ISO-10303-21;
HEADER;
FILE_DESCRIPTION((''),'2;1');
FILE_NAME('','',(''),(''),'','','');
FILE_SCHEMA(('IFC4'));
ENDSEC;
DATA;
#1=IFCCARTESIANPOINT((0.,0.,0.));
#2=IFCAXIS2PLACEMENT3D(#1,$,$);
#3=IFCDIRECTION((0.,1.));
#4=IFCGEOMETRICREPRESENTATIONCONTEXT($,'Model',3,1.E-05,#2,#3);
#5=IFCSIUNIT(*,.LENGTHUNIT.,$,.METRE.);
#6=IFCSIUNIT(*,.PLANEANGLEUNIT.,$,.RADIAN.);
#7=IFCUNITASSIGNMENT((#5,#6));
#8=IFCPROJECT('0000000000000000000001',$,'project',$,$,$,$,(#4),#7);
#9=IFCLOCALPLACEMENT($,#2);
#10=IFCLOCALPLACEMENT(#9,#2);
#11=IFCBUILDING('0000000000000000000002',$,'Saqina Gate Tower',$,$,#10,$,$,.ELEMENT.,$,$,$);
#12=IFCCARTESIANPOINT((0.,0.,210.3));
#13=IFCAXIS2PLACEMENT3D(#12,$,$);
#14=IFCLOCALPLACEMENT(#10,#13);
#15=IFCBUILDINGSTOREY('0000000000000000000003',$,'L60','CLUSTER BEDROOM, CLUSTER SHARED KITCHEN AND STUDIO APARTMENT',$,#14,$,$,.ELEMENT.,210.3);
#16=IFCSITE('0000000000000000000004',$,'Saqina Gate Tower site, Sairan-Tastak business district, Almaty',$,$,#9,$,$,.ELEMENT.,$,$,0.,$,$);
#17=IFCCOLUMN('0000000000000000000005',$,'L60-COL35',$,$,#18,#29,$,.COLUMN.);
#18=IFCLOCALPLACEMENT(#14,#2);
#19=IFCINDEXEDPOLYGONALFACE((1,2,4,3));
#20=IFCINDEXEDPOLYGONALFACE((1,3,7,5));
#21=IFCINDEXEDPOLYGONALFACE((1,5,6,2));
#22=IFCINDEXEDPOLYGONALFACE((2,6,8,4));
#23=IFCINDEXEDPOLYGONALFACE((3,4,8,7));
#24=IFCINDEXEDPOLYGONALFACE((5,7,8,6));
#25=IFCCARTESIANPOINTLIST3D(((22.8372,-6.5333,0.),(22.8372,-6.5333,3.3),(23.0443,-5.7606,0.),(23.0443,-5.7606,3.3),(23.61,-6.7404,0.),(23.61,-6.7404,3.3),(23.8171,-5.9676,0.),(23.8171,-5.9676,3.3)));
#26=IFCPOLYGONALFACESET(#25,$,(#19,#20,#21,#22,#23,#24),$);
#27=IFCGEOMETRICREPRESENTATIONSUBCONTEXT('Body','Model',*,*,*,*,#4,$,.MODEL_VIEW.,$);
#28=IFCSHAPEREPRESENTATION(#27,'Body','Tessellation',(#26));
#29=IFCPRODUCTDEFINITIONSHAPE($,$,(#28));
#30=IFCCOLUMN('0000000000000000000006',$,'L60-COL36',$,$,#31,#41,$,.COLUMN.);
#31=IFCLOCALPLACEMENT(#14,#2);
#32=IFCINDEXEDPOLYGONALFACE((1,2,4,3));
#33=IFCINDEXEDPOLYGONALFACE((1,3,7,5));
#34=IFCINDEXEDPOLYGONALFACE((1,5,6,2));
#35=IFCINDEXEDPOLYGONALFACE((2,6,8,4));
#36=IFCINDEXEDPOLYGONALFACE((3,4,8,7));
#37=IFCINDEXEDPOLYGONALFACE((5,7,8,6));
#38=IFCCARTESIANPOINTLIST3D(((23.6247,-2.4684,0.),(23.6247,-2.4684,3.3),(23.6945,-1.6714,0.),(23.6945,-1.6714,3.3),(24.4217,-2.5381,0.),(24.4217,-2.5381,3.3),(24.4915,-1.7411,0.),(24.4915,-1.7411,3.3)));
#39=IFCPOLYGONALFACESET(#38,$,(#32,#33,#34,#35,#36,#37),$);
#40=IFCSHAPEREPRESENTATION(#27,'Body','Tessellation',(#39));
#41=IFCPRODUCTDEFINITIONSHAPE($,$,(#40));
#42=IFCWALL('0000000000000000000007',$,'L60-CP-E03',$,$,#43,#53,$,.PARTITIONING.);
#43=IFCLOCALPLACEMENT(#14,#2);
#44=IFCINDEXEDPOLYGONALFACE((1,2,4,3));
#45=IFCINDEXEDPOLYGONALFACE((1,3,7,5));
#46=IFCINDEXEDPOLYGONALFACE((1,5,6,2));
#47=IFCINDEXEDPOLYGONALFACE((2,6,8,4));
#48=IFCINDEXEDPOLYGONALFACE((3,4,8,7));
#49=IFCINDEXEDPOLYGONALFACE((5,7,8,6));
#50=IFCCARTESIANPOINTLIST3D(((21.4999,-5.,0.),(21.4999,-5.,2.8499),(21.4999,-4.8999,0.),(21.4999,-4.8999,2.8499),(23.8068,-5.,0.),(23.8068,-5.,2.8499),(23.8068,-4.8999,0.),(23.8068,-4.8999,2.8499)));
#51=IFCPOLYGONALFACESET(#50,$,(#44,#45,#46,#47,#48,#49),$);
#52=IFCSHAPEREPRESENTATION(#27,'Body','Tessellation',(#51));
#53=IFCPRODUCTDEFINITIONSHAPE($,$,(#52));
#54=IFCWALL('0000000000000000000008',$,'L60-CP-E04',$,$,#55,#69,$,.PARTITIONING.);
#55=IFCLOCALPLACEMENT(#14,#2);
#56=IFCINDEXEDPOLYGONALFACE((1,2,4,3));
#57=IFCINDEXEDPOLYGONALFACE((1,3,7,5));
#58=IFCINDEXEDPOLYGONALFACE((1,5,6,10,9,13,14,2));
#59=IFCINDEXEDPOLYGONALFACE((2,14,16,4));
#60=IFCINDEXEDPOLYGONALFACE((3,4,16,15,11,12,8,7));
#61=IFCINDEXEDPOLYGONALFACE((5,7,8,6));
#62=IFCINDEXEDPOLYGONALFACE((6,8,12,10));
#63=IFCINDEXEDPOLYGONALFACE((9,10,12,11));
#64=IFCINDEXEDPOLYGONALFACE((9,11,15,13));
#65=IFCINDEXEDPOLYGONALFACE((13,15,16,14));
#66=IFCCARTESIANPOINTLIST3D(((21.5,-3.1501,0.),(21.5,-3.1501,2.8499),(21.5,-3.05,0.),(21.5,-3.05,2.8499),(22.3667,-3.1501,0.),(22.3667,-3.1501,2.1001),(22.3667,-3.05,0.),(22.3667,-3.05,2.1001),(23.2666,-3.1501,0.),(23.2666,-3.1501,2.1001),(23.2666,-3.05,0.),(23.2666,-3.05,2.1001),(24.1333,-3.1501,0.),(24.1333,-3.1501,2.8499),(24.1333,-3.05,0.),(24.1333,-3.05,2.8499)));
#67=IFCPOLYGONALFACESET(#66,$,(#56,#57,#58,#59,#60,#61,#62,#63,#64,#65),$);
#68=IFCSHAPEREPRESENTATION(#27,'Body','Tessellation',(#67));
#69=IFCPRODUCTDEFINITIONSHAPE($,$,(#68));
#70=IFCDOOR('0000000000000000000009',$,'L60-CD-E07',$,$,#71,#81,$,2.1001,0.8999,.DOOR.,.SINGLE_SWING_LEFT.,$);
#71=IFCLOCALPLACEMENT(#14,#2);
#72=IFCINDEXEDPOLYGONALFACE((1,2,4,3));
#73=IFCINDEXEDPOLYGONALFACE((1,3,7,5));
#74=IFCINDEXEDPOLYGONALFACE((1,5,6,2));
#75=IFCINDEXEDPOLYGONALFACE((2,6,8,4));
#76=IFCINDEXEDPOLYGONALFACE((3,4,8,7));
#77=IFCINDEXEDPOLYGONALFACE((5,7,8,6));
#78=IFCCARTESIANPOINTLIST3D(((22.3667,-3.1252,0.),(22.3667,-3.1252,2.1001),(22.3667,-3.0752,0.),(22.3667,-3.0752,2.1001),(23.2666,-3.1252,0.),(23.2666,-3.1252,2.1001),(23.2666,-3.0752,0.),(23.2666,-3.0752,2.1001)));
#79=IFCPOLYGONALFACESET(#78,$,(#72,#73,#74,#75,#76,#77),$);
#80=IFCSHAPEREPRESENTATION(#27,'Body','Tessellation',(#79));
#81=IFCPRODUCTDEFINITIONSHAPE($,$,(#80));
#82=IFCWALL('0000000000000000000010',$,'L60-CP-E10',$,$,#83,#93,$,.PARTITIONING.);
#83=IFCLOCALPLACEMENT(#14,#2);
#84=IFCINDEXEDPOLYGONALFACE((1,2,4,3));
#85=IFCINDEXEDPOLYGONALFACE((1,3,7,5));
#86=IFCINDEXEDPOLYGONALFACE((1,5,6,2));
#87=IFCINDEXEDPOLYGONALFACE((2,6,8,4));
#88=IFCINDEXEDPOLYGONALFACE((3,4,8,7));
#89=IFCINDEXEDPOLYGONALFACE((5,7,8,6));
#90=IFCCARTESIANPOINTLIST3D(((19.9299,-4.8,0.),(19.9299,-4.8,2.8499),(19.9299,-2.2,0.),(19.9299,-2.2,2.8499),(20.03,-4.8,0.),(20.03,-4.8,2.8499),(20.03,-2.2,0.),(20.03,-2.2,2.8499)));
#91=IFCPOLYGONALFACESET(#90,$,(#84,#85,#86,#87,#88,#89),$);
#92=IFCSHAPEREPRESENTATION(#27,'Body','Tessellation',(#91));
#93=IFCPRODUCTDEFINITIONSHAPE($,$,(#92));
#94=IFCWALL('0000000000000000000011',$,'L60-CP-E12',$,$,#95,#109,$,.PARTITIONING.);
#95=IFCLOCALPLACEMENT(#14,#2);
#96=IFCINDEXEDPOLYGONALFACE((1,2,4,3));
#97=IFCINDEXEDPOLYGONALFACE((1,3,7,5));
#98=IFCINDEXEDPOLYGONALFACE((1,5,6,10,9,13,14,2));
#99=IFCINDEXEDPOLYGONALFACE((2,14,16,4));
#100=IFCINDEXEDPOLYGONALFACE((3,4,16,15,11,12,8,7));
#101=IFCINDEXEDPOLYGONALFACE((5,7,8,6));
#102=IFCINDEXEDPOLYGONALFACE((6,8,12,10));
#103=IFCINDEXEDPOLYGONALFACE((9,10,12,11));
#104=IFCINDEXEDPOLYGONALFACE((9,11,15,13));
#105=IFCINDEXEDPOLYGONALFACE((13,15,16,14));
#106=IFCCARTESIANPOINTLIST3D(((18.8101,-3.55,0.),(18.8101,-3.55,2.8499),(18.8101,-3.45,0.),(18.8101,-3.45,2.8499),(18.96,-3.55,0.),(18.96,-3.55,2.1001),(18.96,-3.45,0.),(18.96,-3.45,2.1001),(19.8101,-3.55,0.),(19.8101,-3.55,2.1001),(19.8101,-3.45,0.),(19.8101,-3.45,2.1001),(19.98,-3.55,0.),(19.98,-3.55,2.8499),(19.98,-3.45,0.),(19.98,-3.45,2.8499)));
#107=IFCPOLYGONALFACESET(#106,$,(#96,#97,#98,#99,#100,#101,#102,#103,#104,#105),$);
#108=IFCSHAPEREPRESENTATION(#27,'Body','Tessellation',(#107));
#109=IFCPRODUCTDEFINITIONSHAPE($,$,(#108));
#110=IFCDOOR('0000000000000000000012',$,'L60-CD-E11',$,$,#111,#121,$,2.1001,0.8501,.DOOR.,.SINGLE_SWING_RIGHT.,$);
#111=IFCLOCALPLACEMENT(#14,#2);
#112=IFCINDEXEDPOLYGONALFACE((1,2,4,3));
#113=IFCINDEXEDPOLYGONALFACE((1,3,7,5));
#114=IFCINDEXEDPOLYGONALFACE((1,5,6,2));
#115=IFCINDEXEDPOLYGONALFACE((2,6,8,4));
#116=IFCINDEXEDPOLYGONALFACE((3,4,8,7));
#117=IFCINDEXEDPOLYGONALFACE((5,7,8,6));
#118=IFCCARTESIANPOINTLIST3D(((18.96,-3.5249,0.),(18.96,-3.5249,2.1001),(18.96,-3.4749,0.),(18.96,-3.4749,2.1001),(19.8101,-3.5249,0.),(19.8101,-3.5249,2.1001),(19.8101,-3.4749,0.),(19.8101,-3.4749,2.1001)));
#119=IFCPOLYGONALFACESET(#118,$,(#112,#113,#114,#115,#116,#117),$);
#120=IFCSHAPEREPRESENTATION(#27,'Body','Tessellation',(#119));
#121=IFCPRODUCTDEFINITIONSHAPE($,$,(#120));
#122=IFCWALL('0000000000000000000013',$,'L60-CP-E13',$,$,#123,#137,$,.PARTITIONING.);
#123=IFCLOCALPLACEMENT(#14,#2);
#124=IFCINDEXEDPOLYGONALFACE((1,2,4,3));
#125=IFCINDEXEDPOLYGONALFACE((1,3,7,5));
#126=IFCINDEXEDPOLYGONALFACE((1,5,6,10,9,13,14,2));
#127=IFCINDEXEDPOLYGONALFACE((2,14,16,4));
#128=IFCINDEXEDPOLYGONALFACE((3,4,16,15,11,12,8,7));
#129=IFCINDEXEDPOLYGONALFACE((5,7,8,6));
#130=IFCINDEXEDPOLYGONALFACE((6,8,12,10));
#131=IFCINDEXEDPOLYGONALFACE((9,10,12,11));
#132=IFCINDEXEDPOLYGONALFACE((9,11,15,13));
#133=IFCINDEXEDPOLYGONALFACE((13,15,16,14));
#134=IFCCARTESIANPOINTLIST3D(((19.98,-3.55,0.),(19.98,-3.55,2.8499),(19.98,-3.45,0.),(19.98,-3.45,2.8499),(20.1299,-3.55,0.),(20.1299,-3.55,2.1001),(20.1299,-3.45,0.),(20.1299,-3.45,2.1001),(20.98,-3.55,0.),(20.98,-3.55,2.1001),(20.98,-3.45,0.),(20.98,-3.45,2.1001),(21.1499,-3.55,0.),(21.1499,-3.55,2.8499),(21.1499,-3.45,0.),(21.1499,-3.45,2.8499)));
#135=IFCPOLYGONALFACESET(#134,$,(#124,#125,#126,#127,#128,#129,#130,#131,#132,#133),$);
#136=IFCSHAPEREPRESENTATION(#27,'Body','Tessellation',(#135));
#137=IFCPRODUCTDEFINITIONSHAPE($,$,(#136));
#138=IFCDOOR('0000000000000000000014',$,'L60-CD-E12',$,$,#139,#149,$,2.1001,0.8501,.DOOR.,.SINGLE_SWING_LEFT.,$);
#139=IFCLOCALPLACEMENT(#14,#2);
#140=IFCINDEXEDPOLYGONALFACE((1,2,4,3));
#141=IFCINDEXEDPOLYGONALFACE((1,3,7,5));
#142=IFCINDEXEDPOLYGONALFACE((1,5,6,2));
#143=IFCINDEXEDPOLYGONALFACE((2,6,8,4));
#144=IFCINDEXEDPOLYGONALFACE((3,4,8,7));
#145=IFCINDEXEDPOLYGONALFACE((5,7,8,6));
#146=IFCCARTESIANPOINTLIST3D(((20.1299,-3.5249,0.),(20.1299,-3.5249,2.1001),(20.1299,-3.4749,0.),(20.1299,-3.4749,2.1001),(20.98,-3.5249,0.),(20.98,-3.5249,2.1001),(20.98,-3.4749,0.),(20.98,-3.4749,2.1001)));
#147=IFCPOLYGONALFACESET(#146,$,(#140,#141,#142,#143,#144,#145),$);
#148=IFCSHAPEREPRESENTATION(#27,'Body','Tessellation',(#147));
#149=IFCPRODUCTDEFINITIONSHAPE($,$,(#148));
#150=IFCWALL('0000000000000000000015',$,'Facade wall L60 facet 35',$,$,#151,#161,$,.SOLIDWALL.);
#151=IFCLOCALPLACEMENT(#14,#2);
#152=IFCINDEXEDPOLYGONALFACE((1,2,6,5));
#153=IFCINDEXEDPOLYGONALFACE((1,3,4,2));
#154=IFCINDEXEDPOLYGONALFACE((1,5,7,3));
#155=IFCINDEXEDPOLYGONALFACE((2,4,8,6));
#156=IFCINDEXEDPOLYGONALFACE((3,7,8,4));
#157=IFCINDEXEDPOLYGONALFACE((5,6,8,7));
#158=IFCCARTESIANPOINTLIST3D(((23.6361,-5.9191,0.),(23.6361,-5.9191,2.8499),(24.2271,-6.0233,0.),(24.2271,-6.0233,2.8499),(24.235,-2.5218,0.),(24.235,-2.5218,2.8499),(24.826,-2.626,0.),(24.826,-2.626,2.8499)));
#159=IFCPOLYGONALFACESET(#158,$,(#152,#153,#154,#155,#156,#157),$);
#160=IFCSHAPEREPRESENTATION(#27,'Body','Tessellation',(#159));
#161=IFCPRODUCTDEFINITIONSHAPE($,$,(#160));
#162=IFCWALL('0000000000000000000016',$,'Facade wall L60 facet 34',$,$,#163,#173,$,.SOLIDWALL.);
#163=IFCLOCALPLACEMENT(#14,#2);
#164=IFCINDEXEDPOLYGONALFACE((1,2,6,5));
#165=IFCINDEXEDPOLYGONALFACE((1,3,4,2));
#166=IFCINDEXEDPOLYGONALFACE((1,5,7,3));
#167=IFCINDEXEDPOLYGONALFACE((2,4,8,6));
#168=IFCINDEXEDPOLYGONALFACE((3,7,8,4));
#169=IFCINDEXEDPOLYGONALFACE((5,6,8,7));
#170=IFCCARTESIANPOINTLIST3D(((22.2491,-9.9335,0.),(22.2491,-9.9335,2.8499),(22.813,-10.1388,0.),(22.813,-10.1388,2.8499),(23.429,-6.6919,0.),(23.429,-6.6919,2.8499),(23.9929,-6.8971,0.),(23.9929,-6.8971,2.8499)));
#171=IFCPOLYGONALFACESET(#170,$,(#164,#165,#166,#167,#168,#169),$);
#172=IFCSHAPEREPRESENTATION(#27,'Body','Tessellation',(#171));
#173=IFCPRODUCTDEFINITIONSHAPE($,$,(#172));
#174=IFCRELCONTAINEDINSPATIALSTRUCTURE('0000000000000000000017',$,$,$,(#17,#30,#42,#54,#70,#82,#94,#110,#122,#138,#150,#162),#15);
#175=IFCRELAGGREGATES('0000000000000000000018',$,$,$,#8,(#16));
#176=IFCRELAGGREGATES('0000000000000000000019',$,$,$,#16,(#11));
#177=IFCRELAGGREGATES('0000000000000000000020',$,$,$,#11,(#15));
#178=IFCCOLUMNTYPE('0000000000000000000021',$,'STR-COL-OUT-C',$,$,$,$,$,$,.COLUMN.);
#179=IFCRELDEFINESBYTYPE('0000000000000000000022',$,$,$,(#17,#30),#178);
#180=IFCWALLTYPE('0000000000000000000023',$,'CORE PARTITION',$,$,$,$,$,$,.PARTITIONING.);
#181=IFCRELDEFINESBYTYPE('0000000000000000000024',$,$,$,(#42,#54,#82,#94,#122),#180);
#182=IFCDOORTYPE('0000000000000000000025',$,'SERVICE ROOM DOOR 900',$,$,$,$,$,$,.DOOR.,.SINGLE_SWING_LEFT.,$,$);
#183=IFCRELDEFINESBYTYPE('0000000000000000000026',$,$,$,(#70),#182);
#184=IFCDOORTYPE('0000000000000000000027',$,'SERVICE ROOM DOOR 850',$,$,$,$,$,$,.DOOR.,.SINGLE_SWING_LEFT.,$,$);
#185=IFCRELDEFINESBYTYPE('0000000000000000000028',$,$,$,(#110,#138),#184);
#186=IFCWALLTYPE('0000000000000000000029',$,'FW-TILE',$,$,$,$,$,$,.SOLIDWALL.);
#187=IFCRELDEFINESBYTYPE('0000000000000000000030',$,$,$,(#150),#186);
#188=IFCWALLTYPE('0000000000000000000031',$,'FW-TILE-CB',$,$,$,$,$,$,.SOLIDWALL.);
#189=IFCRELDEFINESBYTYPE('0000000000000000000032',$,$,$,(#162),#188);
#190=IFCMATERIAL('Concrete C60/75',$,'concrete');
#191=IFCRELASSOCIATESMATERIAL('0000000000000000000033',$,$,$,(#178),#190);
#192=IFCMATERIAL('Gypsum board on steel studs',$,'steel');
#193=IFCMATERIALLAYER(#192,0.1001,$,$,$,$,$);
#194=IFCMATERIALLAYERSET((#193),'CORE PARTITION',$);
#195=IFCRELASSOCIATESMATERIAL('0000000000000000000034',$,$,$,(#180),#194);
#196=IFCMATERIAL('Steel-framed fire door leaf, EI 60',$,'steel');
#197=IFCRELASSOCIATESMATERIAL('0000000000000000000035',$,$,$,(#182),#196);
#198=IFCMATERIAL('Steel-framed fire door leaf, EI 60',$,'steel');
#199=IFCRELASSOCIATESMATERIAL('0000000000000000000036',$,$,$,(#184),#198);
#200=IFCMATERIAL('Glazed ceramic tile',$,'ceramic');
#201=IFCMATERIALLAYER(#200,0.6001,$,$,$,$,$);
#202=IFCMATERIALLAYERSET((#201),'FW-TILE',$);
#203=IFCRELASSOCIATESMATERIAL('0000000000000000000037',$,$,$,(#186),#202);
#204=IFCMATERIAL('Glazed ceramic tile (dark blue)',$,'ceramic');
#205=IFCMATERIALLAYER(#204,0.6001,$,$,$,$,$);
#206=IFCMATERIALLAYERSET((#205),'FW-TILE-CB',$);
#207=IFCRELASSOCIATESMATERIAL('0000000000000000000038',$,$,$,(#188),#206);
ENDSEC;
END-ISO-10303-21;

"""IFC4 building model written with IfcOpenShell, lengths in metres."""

from ifc_helpers import new_model, si_unit, direction, frame, frame_2d, origin, origin_2d, place, context, subcontext, project, spatial, rectangle, extrude, material, layer, layer_set, material_profile, profile_set, type_object, element, fill, save


model = new_model("IFC4")

# Units and contexts
model_context = context("Model", 3, precision=1e-05, world=origin(), true_north=direction((0.0, 1.0)))
body_context = subcontext(model_context, "Body", "Model", "MODEL_VIEW")
ifc_project = project(units=[si_unit("LENGTHUNIT", "METRE"), si_unit("PLANEANGLEUNIT", "RADIAN")], contexts=[model_context])

# Site, building, storey
site_placement = place(None, origin())
site = spatial("IfcSite", under=ifc_project, at=site_placement, Name="Saqina Gate Tower site, Sairan-Tastak business district, Almaty", CompositionType="ELEMENT", RefElevation=0.0)
building_placement = place(site_placement, origin())
building = spatial("IfcBuilding", under=site, at=building_placement, Name="Saqina Gate Tower", CompositionType="ELEMENT")
storey_placement = place(building_placement, frame((0.0, 0.0, 210.3)))
storey = spatial("IfcBuildingStorey", under=building, at=storey_placement, Name="L60", Description="CLUSTER BEDROOM, CLUSTER SHARED KITCHEN AND STUDIO APARTMENT", CompositionType="ELEMENT", Elevation=210.3)

# Columns
ifc_material_1 = material(Name="Concrete C60/75", Category="concrete")
ifc_material_profile = material_profile(ifc_material_1, rectangle(XDim=0.8, YDim=0.8, at=origin_2d()), Name="RC 800x800")
ifc_profile_set = profile_set([ifc_material_profile], Name="Concrete C60/75")
column_type = type_object("IfcColumnType", Name="STR-COL-OUT-C", PredefinedType="COLUMN", material=ifc_profile_set)
for number, where, z_axis, x_axis, name in (
    (1, (23.3271, -6.2505, 0.0), (0.0, 0.0, 1.0), (0.965926, -0.258819, 0.0), "L60-COL35"),
    (2, (24.0581, -2.1047, 0.0), (0.0, 0.0, 1.0), (0.996195, -0.087156, 0.0), "L60-COL36"),
):
    element("IfcColumn", number, at=place(storey_placement, frame(where, z_axis=z_axis, x_axis=x_axis)), inside=storey, type_object=column_type, Name=name, PredefinedType="COLUMN", context=body_context, shape_type="SweptSolid", body=[
        extrude(rectangle(XDim=0.8, YDim=0.8, at=origin_2d()), origin(), (0.0, 0.0, 1.0), 3.3),
    ])

# Wall
ifc_material_2 = material(Name="Gypsum board on steel studs", Category="steel")
ifc_layer_1 = layer(ifc_material_2, 0.1001)
ifc_layer_set_1 = layer_set([ifc_layer_1], Name="CORE PARTITION")
wall_type_1 = type_object("IfcWallType", Name="CORE PARTITION", PredefinedType="PARTITIONING", material=ifc_layer_set_1)
wall_1_placement = place(storey_placement, frame((21.5, -4.95, 0.0), z_axis=(0.0, 0.0, 1.0), x_axis=(1.0, 0.0, 0.0)))
element("IfcWall", 3, at=wall_1_placement, inside=storey, type_object=wall_type_1, Name="L60-CP-E03", PredefinedType="PARTITIONING", context=body_context, shape_type="SweptSolid", body=[
    extrude(rectangle(XDim=2.3069, YDim=0.1001, at=frame_2d((1.1533, 0.0))), origin(), (0.0, 0.0, 1.0), 2.8499),
])

# Wall, opening, door
wall_2_placement = place(storey_placement, frame((21.5, -3.1001, 0.0), z_axis=(0.0, 0.0, 1.0), x_axis=(1.0, 0.0, 0.0)))
wall_2 = element("IfcWall", 4, at=wall_2_placement, inside=storey, type_object=wall_type_1, Name="L60-CP-E04", PredefinedType="PARTITIONING", context=body_context, shape_type="SweptSolid", body=[
    extrude(rectangle(XDim=2.6333, YDim=0.1001, at=frame_2d((1.3167, 0.0))), origin(), (0.0, 0.0, 1.0), 2.8499),
])
opening_1_placement = place(wall_2_placement, frame((0.8667, 0.0, 0.0)))
opening_1 = element("IfcOpeningElement", 5, at=opening_1_placement, cuts=wall_2, PredefinedType="OPENING", context=body_context, shape_type="SweptSolid", body=[
    extrude(rectangle(XDim=0.8999, YDim=2.1001, at=frame_2d((0.45, 1.05))), frame((0.0, 0.062, 0.0), z_axis=(0.0, -1.0, 0.0), x_axis=(1.0, 0.0, 0.0)), (0.0, 0.0, 1.0), 0.124),
])
ifc_material_3 = material(Name="Steel-framed fire door leaf, EI 60", Category="steel")
door_type_1 = type_object("IfcDoorType", Name="SERVICE ROOM DOOR 900", OperationType="SINGLE_SWING_LEFT", PredefinedType="DOOR", material=ifc_material_3)
door_1_placement = place(opening_1_placement, origin())
door_1 = element("IfcDoor", 6, at=door_1_placement, inside=storey, type_object=door_type_1, Name="L60-CD-E07", OperationType="SINGLE_SWING_LEFT", OverallHeight=2.1001, OverallWidth=0.8999, PredefinedType="DOOR", context=body_context, shape_type="SweptSolid", body=[
    extrude(rectangle(XDim=0.8999, YDim=2.1001, at=frame_2d((0.45, 1.05))), frame((0.0, 0.0249, 0.0), z_axis=(0.0, -1.0, 0.0), x_axis=(1.0, 0.0, 0.0)), (0.0, 0.0, 1.0), 0.05),
])
fill(opening_1, door_1)

# Wall
wall_3_placement = place(storey_placement, frame((19.98, -4.8, 0.0), z_axis=(0.0, 0.0, 1.0), x_axis=(0.0, 1.0, 0.0)))
element("IfcWall", 7, at=wall_3_placement, inside=storey, type_object=wall_type_1, Name="L60-CP-E10", PredefinedType="PARTITIONING", context=body_context, shape_type="SweptSolid", body=[
    extrude(rectangle(XDim=2.6001, YDim=0.1001, at=frame_2d((1.3, 0.0))), origin(), (0.0, 0.0, 1.0), 2.8499),
])

# Walls, openings, doors
wall_4_placement = place(storey_placement, frame((18.8101, -3.5, 0.0), z_axis=(0.0, 0.0, 1.0), x_axis=(1.0, 0.0, 0.0)))
wall_4 = element("IfcWall", 8, at=wall_4_placement, inside=storey, type_object=wall_type_1, Name="L60-CP-E12", PredefinedType="PARTITIONING", context=body_context, shape_type="SweptSolid", body=[
    extrude(rectangle(XDim=1.1699, YDim=0.1001, at=frame_2d((0.585, 0.0))), origin(), (0.0, 0.0, 1.0), 2.8499),
])
opening_2_placement = place(wall_4_placement, frame((0.1499, 0.0, 0.0)))
opening_2 = element("IfcOpeningElement", 9, at=opening_2_placement, cuts=wall_4, PredefinedType="OPENING", context=body_context, shape_type="SweptSolid", body=[
    extrude(rectangle(XDim=0.8501, YDim=2.1001, at=frame_2d((0.425, 1.05))), frame((0.0, 0.062, 0.0), z_axis=(0.0, -1.0, 0.0), x_axis=(1.0, 0.0, 0.0)), (0.0, 0.0, 1.0), 0.124),
])
ifc_material_4 = material(Name="Steel-framed fire door leaf, EI 60", Category="steel")
door_type_2 = type_object("IfcDoorType", Name="SERVICE ROOM DOOR 850", OperationType="SINGLE_SWING_LEFT", PredefinedType="DOOR", material=ifc_material_4)
door_2_placement = place(opening_2_placement, frame((0.8501, 0.0, 0.0), z_axis=(0.0, 0.0, 1.0), x_axis=(-1.0, 0.0, 0.0)))
door_2 = element("IfcDoor", 10, at=door_2_placement, inside=storey, type_object=door_type_2, Name="L60-CD-E11", OperationType="SINGLE_SWING_RIGHT", OverallHeight=2.1001, OverallWidth=0.8501, PredefinedType="DOOR", context=body_context, shape_type="SweptSolid", body=[
    extrude(rectangle(XDim=0.8501, YDim=2.1001, at=frame_2d((0.425, 1.05))), frame((0.0, 0.0249, 0.0), z_axis=(0.0, -1.0, 0.0), x_axis=(1.0, 0.0, 0.0)), (0.0, 0.0, 1.0), 0.05),
])
fill(opening_2, door_2)
wall_5_placement = place(storey_placement, frame((19.98, -3.5, 0.0), z_axis=(0.0, 0.0, 1.0), x_axis=(1.0, 0.0, 0.0)))
wall_5 = element("IfcWall", 11, at=wall_5_placement, inside=storey, type_object=wall_type_1, Name="L60-CP-E13", PredefinedType="PARTITIONING", context=body_context, shape_type="SweptSolid", body=[
    extrude(rectangle(XDim=1.1699, YDim=0.1001, at=frame_2d((0.585, 0.0))), origin(), (0.0, 0.0, 1.0), 2.8499),
])
opening_3_placement = place(wall_5_placement, frame((0.1499, 0.0, 0.0)))
opening_3 = element("IfcOpeningElement", 12, at=opening_3_placement, cuts=wall_5, PredefinedType="OPENING", context=body_context, shape_type="SweptSolid", body=[
    extrude(rectangle(XDim=0.8501, YDim=2.1001, at=frame_2d((0.425, 1.05))), frame((0.0, 0.062, 0.0), z_axis=(0.0, -1.0, 0.0), x_axis=(1.0, 0.0, 0.0)), (0.0, 0.0, 1.0), 0.124),
])
door_3_placement = place(opening_3_placement, frame((0.8501, 0.0, 0.0), z_axis=(0.0, 0.0, 1.0), x_axis=(-1.0, 0.0, 0.0)))
door_3 = element("IfcDoor", 13, at=door_3_placement, inside=storey, type_object=door_type_2, Name="L60-CD-E12", OperationType="SINGLE_SWING_LEFT", OverallHeight=2.1001, OverallWidth=0.8501, PredefinedType="DOOR", context=body_context, shape_type="SweptSolid", body=[
    extrude(rectangle(XDim=0.8501, YDim=2.1001, at=frame_2d((0.425, 1.05))), frame((0.0, 0.0249, 0.0), z_axis=(0.0, -1.0, 0.0), x_axis=(1.0, 0.0, 0.0)), (0.0, 0.0, 1.0), 0.05),
])
fill(opening_3, door_3)

# Walls
ifc_material_5 = material(Name="Glazed ceramic tile", Category="ceramic")
ifc_layer_2 = layer(ifc_material_5, 0.6001)
ifc_layer_set_2 = layer_set([ifc_layer_2], Name="FW-TILE")
wall_type_2 = type_object("IfcWallType", Name="FW-TILE", PredefinedType="SOLIDWALL", material=ifc_layer_set_2)
wall_6_placement = place(storey_placement, frame((23.9316, -5.9712, 0.0), z_axis=(0.0, 0.0, 1.0), x_axis=(0.173608, 0.984815, 0.0)))
element("IfcWall", 14, at=wall_6_placement, inside=storey, type_object=wall_type_2, Name="Facade wall L60 facet 35", PredefinedType="SOLIDWALL", context=body_context, shape_type="SweptSolid", body=[
    extrude(rectangle(XDim=3.4497, YDim=0.6001, at=frame_2d((1.7249, 0.0))), origin(), (0.0, 0.0, 1.0), 2.8499),
])
ifc_material_6 = material(Name="Glazed ceramic tile (dark blue)", Category="ceramic")
ifc_layer_3 = layer(ifc_material_6, 0.6001)
ifc_layer_set_3 = layer_set([ifc_layer_3], Name="FW-TILE-CB")
wall_type_3 = type_object("IfcWallType", Name="FW-TILE-CB", PredefinedType="SOLIDWALL", material=ifc_layer_set_3)
wall_7_placement = place(storey_placement, frame((22.531, -10.0361, 0.0), z_axis=(0.0, 0.0, 1.0), x_axis=(0.342033, 0.939688, 0.0)))
element("IfcWall", 15, at=wall_7_placement, inside=storey, type_object=wall_type_3, Name="Facade wall L60 facet 34", PredefinedType="SOLIDWALL", context=body_context, shape_type="SweptSolid", body=[
    extrude(rectangle(XDim=3.4497, YDim=0.6001, at=frame_2d((1.7249, 0.0))), origin(), (0.0, 0.0, 1.0), 2.8499),
])

save(model, "model.ifc")
